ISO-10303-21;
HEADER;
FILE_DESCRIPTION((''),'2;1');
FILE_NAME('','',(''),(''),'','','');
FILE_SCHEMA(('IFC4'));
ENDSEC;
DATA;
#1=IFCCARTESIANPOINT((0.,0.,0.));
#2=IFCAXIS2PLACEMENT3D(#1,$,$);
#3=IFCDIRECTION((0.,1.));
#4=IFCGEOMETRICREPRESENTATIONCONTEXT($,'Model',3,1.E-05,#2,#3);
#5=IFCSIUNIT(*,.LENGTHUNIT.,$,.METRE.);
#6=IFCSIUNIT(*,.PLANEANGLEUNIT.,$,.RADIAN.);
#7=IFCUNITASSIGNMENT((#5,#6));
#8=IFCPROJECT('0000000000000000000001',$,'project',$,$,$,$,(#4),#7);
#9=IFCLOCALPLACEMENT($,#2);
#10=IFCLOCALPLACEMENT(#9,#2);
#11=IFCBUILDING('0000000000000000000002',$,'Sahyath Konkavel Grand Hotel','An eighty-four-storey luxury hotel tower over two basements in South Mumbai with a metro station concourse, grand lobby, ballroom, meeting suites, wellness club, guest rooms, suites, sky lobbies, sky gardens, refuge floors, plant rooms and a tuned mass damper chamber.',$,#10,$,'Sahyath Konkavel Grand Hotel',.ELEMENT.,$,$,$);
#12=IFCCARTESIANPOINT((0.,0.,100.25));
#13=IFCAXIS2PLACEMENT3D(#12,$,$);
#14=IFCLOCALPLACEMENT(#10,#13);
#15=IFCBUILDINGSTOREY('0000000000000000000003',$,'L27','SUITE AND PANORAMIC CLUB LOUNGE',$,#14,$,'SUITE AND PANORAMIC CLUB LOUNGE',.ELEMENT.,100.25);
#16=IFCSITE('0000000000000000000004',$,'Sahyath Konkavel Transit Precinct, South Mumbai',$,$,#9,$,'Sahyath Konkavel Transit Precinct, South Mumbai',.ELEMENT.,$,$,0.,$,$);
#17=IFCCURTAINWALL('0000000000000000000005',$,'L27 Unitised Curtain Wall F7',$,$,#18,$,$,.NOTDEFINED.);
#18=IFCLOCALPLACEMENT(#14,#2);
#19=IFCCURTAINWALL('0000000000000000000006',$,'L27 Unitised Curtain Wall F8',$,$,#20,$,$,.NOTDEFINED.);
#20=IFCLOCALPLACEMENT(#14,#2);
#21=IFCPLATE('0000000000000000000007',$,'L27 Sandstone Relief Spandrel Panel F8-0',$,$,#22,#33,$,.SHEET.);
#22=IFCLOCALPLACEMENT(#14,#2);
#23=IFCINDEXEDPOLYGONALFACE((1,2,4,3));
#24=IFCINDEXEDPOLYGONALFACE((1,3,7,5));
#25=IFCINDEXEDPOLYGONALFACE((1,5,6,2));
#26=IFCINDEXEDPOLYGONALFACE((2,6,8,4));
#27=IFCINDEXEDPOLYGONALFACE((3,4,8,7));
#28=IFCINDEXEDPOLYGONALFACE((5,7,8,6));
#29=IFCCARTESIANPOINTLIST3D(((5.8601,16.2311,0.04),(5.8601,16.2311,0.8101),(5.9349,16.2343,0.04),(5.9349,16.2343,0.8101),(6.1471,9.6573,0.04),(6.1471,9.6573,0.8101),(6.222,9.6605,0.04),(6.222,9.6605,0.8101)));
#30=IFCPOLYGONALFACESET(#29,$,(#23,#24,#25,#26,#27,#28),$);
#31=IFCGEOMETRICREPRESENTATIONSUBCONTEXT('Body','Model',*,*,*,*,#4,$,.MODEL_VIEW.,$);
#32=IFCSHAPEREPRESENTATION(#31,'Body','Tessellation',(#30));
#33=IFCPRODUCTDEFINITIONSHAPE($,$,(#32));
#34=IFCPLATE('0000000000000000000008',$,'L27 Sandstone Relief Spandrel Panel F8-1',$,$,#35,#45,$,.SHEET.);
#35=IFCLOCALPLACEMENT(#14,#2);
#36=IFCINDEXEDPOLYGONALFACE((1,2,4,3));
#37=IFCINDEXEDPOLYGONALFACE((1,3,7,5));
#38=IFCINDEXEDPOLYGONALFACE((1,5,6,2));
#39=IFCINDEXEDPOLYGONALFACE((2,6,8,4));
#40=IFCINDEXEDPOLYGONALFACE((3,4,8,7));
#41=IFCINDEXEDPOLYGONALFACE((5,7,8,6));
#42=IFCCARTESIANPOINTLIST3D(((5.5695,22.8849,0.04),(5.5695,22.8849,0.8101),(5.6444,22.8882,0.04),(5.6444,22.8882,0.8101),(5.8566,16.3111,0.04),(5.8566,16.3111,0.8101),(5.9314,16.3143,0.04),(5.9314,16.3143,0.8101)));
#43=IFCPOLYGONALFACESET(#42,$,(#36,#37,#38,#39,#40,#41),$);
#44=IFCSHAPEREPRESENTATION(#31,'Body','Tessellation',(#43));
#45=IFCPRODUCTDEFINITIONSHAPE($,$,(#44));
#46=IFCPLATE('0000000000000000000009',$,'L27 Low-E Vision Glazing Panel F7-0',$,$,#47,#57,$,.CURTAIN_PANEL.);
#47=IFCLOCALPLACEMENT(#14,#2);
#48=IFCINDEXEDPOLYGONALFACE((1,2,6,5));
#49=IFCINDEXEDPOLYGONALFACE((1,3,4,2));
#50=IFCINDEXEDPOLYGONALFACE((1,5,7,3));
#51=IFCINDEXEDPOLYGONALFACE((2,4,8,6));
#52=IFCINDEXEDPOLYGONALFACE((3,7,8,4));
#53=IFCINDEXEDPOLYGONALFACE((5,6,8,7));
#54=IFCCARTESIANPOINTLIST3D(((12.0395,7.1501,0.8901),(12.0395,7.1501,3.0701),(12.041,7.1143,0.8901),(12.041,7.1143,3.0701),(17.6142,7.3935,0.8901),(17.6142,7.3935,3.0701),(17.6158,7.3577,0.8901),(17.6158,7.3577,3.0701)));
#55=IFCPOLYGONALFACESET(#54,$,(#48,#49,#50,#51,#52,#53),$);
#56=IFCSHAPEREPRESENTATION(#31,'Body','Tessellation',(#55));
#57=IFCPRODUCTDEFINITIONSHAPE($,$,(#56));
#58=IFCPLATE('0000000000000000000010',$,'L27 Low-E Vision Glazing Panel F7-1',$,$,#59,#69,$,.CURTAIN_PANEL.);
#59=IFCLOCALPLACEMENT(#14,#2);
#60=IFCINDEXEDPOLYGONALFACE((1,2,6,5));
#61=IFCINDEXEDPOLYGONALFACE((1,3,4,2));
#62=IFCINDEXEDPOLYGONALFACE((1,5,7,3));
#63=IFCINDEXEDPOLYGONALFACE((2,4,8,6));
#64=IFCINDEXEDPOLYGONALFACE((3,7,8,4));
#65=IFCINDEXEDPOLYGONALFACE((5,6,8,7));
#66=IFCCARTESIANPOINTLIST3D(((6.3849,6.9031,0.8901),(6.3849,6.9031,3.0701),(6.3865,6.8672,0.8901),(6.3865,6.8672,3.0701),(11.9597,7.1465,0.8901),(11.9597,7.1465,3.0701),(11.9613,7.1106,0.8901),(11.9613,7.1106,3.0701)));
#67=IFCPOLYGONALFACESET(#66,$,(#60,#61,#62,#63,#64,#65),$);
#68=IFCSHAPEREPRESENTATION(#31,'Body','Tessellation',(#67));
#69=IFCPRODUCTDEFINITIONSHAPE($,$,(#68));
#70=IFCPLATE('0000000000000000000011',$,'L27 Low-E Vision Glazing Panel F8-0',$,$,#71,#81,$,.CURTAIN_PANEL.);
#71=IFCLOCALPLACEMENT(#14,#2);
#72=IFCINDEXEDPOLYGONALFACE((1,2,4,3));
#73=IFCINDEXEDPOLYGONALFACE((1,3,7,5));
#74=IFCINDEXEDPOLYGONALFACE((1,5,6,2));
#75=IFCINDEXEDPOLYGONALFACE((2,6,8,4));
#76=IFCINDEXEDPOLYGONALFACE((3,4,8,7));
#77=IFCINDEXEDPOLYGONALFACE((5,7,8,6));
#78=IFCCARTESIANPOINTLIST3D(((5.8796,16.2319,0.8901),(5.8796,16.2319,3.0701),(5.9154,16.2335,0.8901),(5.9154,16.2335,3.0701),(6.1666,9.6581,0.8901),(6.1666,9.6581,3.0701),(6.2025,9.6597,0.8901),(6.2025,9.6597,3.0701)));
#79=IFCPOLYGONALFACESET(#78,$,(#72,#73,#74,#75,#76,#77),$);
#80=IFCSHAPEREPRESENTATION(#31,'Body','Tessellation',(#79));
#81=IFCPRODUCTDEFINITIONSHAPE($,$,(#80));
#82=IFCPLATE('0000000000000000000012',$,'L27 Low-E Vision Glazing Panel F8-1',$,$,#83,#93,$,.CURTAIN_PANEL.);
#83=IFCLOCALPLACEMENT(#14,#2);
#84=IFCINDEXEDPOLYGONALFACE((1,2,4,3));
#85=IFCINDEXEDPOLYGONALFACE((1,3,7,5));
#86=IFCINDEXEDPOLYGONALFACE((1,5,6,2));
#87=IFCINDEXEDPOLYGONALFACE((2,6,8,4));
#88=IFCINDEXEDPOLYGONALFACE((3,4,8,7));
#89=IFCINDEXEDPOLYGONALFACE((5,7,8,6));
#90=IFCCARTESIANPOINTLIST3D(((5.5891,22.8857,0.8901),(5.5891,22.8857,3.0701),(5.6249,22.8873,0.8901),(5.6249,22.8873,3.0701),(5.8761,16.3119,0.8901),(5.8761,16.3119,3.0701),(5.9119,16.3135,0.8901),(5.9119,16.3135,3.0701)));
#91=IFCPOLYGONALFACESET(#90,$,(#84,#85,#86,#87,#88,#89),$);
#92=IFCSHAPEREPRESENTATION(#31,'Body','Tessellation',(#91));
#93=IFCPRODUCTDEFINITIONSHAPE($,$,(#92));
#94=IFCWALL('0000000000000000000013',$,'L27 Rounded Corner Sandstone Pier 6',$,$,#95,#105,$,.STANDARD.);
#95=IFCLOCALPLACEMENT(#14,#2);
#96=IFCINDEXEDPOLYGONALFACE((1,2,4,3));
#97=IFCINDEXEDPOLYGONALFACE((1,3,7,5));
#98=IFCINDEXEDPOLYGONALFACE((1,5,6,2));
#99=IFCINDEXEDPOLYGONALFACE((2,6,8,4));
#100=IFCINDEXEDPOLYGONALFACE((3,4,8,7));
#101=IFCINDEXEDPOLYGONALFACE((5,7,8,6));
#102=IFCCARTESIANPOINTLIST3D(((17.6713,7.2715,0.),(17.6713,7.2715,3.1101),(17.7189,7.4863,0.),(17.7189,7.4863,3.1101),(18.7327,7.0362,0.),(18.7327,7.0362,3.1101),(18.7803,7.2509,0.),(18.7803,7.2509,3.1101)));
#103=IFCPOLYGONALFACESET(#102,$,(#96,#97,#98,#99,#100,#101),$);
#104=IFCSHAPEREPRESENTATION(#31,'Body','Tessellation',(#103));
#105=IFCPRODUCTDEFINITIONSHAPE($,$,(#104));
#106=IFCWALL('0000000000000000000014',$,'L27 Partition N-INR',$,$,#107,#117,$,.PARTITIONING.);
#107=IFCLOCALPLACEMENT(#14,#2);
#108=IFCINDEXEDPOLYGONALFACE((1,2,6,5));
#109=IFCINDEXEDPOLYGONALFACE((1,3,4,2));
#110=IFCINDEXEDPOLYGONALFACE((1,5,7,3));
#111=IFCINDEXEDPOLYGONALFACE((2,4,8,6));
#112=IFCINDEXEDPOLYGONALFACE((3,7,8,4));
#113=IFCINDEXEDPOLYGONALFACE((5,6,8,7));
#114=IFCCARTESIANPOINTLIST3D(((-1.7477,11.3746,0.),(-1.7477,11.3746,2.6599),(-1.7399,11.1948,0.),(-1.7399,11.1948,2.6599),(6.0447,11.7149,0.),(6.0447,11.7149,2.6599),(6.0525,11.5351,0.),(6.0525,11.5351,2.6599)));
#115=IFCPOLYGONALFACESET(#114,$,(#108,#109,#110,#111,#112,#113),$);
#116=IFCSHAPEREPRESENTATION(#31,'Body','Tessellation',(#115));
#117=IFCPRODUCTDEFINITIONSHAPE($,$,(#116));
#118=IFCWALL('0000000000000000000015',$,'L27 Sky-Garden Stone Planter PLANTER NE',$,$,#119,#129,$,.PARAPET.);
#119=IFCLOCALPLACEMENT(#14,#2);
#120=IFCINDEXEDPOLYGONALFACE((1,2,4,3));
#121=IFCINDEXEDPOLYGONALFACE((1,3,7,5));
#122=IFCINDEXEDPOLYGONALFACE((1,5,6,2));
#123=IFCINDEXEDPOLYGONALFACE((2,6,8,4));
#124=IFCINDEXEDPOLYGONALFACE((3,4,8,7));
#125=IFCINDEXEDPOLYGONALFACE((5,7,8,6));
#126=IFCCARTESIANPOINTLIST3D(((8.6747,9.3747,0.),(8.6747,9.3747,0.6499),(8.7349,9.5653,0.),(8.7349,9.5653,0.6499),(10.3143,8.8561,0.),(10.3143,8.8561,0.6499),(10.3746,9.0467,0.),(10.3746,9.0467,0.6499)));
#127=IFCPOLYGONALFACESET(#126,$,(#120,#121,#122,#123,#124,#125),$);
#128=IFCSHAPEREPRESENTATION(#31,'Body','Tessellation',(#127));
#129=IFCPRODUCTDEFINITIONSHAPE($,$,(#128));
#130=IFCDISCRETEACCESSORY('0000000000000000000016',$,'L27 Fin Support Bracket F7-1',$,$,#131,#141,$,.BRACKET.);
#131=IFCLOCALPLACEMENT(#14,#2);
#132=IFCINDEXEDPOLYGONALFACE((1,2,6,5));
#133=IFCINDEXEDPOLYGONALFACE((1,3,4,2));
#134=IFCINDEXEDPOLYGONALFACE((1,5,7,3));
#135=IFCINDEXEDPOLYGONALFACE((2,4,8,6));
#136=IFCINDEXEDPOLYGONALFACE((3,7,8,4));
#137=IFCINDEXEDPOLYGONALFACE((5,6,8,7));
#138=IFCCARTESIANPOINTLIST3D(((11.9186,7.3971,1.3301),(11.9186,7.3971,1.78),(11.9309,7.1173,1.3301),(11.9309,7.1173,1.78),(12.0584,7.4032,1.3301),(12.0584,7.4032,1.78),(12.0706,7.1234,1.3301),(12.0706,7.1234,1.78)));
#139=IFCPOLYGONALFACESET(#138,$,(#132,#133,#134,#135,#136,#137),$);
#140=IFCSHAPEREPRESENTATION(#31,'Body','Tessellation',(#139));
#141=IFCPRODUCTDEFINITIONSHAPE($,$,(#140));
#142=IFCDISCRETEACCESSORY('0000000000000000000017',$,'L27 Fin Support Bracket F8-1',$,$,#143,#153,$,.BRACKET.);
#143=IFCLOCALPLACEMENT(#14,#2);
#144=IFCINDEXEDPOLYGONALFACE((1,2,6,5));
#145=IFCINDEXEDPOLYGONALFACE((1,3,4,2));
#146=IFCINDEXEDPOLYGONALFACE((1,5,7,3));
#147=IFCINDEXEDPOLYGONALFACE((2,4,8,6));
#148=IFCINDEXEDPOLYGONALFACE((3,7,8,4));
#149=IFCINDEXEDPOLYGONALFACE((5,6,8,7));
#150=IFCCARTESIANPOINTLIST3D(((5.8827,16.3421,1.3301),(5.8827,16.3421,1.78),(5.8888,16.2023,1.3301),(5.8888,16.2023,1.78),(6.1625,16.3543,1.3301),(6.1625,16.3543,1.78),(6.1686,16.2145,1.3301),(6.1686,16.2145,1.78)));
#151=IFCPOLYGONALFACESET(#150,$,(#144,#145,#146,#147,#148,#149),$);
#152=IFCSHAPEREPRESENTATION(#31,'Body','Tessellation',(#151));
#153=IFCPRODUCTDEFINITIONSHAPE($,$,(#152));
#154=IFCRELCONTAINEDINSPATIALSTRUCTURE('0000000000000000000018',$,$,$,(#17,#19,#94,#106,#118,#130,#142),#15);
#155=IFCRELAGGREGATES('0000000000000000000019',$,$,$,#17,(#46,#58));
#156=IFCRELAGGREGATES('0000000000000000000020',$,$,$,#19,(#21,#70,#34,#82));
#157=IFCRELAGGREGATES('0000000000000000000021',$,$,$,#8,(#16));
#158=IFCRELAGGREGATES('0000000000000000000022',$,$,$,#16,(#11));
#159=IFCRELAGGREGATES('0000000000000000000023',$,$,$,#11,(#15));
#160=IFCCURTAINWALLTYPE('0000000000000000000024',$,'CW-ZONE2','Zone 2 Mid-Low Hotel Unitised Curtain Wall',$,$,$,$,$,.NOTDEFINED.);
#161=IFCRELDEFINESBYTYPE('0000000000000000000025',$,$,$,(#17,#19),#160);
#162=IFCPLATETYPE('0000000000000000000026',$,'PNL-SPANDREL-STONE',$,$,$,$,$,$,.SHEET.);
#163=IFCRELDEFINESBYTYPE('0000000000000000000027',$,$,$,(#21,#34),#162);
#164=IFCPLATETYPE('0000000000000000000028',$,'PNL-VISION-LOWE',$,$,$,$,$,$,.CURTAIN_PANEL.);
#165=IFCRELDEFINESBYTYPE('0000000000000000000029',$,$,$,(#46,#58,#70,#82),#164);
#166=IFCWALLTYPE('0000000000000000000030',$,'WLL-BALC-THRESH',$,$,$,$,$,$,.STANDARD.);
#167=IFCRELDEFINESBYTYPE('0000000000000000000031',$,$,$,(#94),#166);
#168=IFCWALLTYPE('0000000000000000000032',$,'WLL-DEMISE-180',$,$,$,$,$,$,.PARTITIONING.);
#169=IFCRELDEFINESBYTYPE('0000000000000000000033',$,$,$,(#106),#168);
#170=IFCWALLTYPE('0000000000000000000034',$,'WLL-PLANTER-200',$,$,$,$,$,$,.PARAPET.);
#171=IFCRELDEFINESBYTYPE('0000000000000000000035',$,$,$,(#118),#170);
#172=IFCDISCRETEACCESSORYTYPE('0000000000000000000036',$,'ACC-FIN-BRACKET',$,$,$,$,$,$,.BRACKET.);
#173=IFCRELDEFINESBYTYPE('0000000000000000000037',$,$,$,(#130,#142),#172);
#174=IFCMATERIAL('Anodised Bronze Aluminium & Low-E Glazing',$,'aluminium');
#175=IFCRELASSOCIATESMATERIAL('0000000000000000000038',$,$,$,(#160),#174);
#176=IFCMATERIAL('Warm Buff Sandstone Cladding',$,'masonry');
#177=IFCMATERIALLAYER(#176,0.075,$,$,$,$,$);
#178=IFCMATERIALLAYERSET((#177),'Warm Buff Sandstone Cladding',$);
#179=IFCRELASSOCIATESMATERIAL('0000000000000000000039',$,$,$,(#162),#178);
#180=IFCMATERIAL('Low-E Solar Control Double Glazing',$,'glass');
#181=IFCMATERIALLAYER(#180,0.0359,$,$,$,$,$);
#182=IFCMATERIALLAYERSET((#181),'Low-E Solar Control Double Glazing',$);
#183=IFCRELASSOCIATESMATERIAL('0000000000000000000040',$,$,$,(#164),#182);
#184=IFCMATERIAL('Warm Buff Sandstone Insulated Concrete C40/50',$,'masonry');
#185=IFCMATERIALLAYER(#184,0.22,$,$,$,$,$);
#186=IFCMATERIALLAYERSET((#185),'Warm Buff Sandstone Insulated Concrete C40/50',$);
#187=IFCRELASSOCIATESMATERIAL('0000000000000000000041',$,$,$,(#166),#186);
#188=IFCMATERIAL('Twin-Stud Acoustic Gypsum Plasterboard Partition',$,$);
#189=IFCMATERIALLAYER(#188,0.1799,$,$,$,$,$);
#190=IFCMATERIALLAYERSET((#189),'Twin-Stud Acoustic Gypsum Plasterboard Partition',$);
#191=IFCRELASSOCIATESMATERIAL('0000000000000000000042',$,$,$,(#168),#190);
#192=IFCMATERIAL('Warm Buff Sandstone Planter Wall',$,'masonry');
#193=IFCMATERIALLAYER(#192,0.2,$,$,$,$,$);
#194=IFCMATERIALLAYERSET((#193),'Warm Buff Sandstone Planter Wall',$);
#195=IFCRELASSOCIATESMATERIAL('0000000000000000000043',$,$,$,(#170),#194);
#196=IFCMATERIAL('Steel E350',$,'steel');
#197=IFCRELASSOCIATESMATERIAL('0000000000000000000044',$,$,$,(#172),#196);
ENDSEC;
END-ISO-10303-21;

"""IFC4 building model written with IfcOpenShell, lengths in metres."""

from ifc_helpers import new_model, si_unit, direction, frame, frame_2d, origin, origin_2d, place, context, subcontext, project, spatial, rectangle, extrude, source, transform, mapped, material, layer, layer_set, type_object, element, aggregate, save


model = new_model("IFC4")

# Units and contexts
model_context = context("Model", 3, precision=1e-05, world=origin(), true_north=direction((0.0, 1.0)))
body_context = subcontext(model_context, "Body", "Model", "MODEL_VIEW")
ifc_project = project(units=[si_unit("LENGTHUNIT", "METRE"), si_unit("PLANEANGLEUNIT", "RADIAN")], contexts=[model_context])

# Site, building, storey
site_placement = place(None, origin())
site = spatial("IfcSite", under=ifc_project, at=site_placement, Name="Sahyath Konkavel Transit Precinct, South Mumbai", LongName="Sahyath Konkavel Transit Precinct, South Mumbai", CompositionType="ELEMENT", RefElevation=0.0)
building_placement = place(site_placement, origin())
building = spatial("IfcBuilding", under=site, at=building_placement, Name="Sahyath Konkavel Grand Hotel", Description="An eighty-four-storey luxury hotel tower over two basements in South Mumbai with a metro station concourse, grand lobby, ballroom, meeting suites, wellness club, guest rooms, suites, sky lobbies, sky gardens, refuge floors, plant rooms and a tuned mass damper chamber.", LongName="Sahyath Konkavel Grand Hotel", CompositionType="ELEMENT")
storey_placement = place(building_placement, frame((0.0, 0.0, 100.25)))
storey = spatial("IfcBuildingStorey", under=building, at=storey_placement, Name="L27", Description="SUITE AND PANORAMIC CLUB LOUNGE", LongName="SUITE AND PANORAMIC CLUB LOUNGE", CompositionType="ELEMENT", Elevation=100.25)

# Curtain walls
ifc_material_1 = material(Name="Anodised Bronze Aluminium & Low-E Glazing", Category="aluminium")
curtain_wall_type = type_object("IfcCurtainWallType", Name="CW-ZONE2", Description="Zone 2 Mid-Low Hotel Unitised Curtain Wall", PredefinedType="NOTDEFINED", material=ifc_material_1)
curtain_wall_1_placement = place(storey_placement, origin())
curtain_wall_1 = element("IfcCurtainWall", 1, at=curtain_wall_1_placement, inside=storey, type_object=curtain_wall_type, Name="L27 Unitised Curtain Wall F7", PredefinedType="NOTDEFINED")
curtain_wall_2_placement = place(storey_placement, origin())
curtain_wall_2 = element("IfcCurtainWall", 2, at=curtain_wall_2_placement, inside=storey, type_object=curtain_wall_type, Name="L27 Unitised Curtain Wall F8", PredefinedType="NOTDEFINED")

# Plates
ifc_material_2 = material(Name="Warm Buff Sandstone Cladding", Category="masonry")
ifc_layer_1 = layer(ifc_material_2, 0.075)
ifc_layer_set_1 = layer_set([ifc_layer_1], Name="Warm Buff Sandstone Cladding")
plate_type_1 = type_object("IfcPlateType", Name="PNL-SPANDREL-STONE", PredefinedType="SHEET", material=ifc_layer_set_1)
shared_shape_1 = source(origin(), body_context, "Body", "SweptSolid", [
    extrude(rectangle(XDim=6.5801, YDim=0.075, at=origin_2d()), origin(), (0.0, 0.0, 1.0), 0.77),
])
plate_1_placement = place(storey_placement, frame((6.041, 12.9458, 0.04), z_axis=(0.0, 0.0, 1.0), x_axis=(-0.043619, 0.999048, 0.0)))
plate_1 = element("IfcPlate", 3, at=plate_1_placement, type_object=plate_type_1, Name="L27 Sandstone Relief Spandrel Panel F8-0", PredefinedType="SHEET", context=body_context, shape_type="MappedRepresentation", body=[
    mapped(shared_shape_1, transform((0.0, 0.0, 0.0), scale=1.0)),
])
plate_2_placement = place(storey_placement, frame((5.7505, 19.5996, 0.04), z_axis=(0.0, 0.0, 1.0), x_axis=(-0.043619, 0.999048, 0.0)))
plate_2 = element("IfcPlate", 4, at=plate_2_placement, type_object=plate_type_1, Name="L27 Sandstone Relief Spandrel Panel F8-1", PredefinedType="SHEET", context=body_context, shape_type="MappedRepresentation", body=[
    mapped(shared_shape_1, transform((0.0, 0.0, 0.0), scale=1.0)),
])
ifc_material_3 = material(Name="Low-E Solar Control Double Glazing", Category="glass")
ifc_layer_2 = layer(ifc_material_3, 0.0359)
ifc_layer_set_2 = layer_set([ifc_layer_2], Name="Low-E Solar Control Double Glazing")
plate_type_2 = type_object("IfcPlateType", Name="PNL-VISION-LOWE", PredefinedType="CURTAIN_PANEL", material=ifc_layer_set_2)
shared_shape_2 = source(origin(), body_context, "Body", "SweptSolid", [
    extrude(rectangle(XDim=5.5801, YDim=0.0359, at=origin_2d()), origin(), (0.0, 0.0, 1.0), 2.1799),
])
plate_3_placement = place(storey_placement, frame((14.8276, 7.2539, 0.8901), z_axis=(0.0, 0.0, 1.0), x_axis=(-0.999048, -0.043619, 0.0)))
plate_3 = element("IfcPlate", 5, at=plate_3_placement, type_object=plate_type_2, Name="L27 Low-E Vision Glazing Panel F7-0", PredefinedType="CURTAIN_PANEL", context=body_context, shape_type="MappedRepresentation", body=[
    mapped(shared_shape_2, transform((0.0, 0.0, 0.0), scale=1.0)),
])
plate_4_placement = place(storey_placement, frame((9.1731, 7.0068, 0.8901), z_axis=(0.0, 0.0, 1.0), x_axis=(-0.999048, -0.043619, 0.0)))
plate_4 = element("IfcPlate", 6, at=plate_4_placement, type_object=plate_type_2, Name="L27 Low-E Vision Glazing Panel F7-1", PredefinedType="CURTAIN_PANEL", context=body_context, shape_type="MappedRepresentation", body=[
    mapped(shared_shape_2, transform((0.0, 0.0, 0.0), scale=1.0)),
])
aggregate(curtain_wall_1, [plate_3, plate_4])
shared_shape_3 = source(origin(), body_context, "Body", "SweptSolid", [
    extrude(rectangle(XDim=6.5801, YDim=0.0359, at=origin_2d()), origin(), (0.0, 0.0, 1.0), 2.1799),
])
plate_5_placement = place(storey_placement, frame((6.041, 12.9458, 0.8901), z_axis=(0.0, 0.0, 1.0), x_axis=(-0.043619, 0.999048, 0.0)))
plate_5 = element("IfcPlate", 7, at=plate_5_placement, type_object=plate_type_2, Name="L27 Low-E Vision Glazing Panel F8-0", PredefinedType="CURTAIN_PANEL", context=body_context, shape_type="MappedRepresentation", body=[
    mapped(shared_shape_3, transform((0.0, 0.0, 0.0), scale=1.0)),
])
plate_6_placement = place(storey_placement, frame((5.7505, 19.5996, 0.8901), z_axis=(0.0, 0.0, 1.0), x_axis=(-0.043619, 0.999048, 0.0)))
plate_6 = element("IfcPlate", 8, at=plate_6_placement, type_object=plate_type_2, Name="L27 Low-E Vision Glazing Panel F8-1", PredefinedType="CURTAIN_PANEL", context=body_context, shape_type="MappedRepresentation", body=[
    mapped(shared_shape_3, transform((0.0, 0.0, 0.0), scale=1.0)),
])
aggregate(curtain_wall_2, [plate_1, plate_5, plate_2, plate_6])

# Walls
ifc_material_4 = material(Name="Warm Buff Sandstone Insulated Concrete C40/50", Category="masonry")
ifc_layer_3 = layer(ifc_material_4, 0.22)
ifc_layer_set_3 = layer_set([ifc_layer_3], Name="Warm Buff Sandstone Insulated Concrete C40/50")
wall_type_1 = type_object("IfcWallType", Name="WLL-BALC-THRESH", PredefinedType="STANDARD", material=ifc_layer_set_3)
wall_1_placement = place(storey_placement, frame((18.7563, 7.1436, 0.0), z_axis=(0.0, 0.0, 1.0), x_axis=(-0.976282, 0.216502, 0.0)))
element("IfcWall", 9, at=wall_1_placement, inside=storey, type_object=wall_type_1, Name="L27 Rounded Corner Sandstone Pier 6", PredefinedType="STANDARD", context=body_context, shape_type="SweptSolid", body=[
    extrude(rectangle(XDim=1.0872, YDim=0.22, at=frame_2d((0.5435, 0.0))), origin(), (0.0, 0.0, 1.0), 3.1101),
])
ifc_material_5 = material(Name="Twin-Stud Acoustic Gypsum Plasterboard Partition")
ifc_layer_4 = layer(ifc_material_5, 0.1799)
ifc_layer_set_4 = layer_set([ifc_layer_4], Name="Twin-Stud Acoustic Gypsum Plasterboard Partition")
wall_type_2 = type_object("IfcWallType", Name="WLL-DEMISE-180", PredefinedType="PARTITIONING", material=ifc_layer_set_4)
wall_2_placement = place(storey_placement, frame((6.0486, 11.625, 0.0), z_axis=(0.0, 0.0, 1.0), x_axis=(-0.999048, -0.043633, 0.0)))
element("IfcWall", 10, at=wall_2_placement, inside=storey, type_object=wall_type_2, Name="L27 Partition N-INR", PredefinedType="PARTITIONING", context=body_context, shape_type="SweptSolid", body=[
    extrude(rectangle(XDim=7.7998, YDim=0.1799, at=frame_2d((3.8999, 0.0))), origin(), (0.0, 0.0, 1.0), 2.6599),
])
ifc_material_6 = material(Name="Warm Buff Sandstone Planter Wall", Category="masonry")
ifc_layer_5 = layer(ifc_material_6, 0.2)
ifc_layer_set_5 = layer_set([ifc_layer_5], Name="Warm Buff Sandstone Planter Wall")
wall_type_3 = type_object("IfcWallType", Name="WLL-PLANTER-200", PredefinedType="PARAPET", material=ifc_layer_set_5)
wall_3_placement = place(storey_placement, frame((10.3445, 8.9514, 0.0), z_axis=(0.0, 0.0, 1.0), x_axis=(-0.953454, 0.301539, 0.0)))
element("IfcWall", 11, at=wall_3_placement, inside=storey, type_object=wall_type_3, Name="L27 Sky-Garden Stone Planter PLANTER NE", PredefinedType="PARAPET", context=body_context, shape_type="SweptSolid", body=[
    extrude(rectangle(XDim=1.7197, YDim=0.2, at=frame_2d((0.8599, 0.0))), origin(), (0.0, 0.0, 1.0), 0.6499),
])

# Discrete accessories
ifc_material_7 = material(Name="Steel E350", Category="steel")
discrete_accessory_type = type_object("IfcDiscreteAccessoryType", Name="ACC-FIN-BRACKET", PredefinedType="BRACKET", material=ifc_material_7)
shared_shape_4 = source(origin(), body_context, "Body", "SweptSolid", [
    extrude(rectangle(XDim=0.28, YDim=0.1399, at=origin_2d()), origin(), (0.0, 0.0, 1.0), 0.45),
])
for number, where, z_axis, x_axis, name in (
    (12, (11.9946, 7.2603, 1.3301), (0.0, 0.0, 1.0), (-0.043619, 0.999048, 0.0), "L27 Fin Support Bracket F7-1"),
    (13, (6.0256, 16.2783, 1.3301), (0.0, 0.0, 1.0), (0.999048, 0.043619, 0.0), "L27 Fin Support Bracket F8-1"),
):
    element("IfcDiscreteAccessory", number, at=place(storey_placement, frame(where, z_axis=z_axis, x_axis=x_axis)), inside=storey, type_object=discrete_accessory_type, Name=name, PredefinedType="BRACKET", context=body_context, shape_type="MappedRepresentation", body=[
        mapped(shared_shape_4, transform((0.0, 0.0, 0.0), scale=1.0)),
    ])

save(model, "model.ifc")
